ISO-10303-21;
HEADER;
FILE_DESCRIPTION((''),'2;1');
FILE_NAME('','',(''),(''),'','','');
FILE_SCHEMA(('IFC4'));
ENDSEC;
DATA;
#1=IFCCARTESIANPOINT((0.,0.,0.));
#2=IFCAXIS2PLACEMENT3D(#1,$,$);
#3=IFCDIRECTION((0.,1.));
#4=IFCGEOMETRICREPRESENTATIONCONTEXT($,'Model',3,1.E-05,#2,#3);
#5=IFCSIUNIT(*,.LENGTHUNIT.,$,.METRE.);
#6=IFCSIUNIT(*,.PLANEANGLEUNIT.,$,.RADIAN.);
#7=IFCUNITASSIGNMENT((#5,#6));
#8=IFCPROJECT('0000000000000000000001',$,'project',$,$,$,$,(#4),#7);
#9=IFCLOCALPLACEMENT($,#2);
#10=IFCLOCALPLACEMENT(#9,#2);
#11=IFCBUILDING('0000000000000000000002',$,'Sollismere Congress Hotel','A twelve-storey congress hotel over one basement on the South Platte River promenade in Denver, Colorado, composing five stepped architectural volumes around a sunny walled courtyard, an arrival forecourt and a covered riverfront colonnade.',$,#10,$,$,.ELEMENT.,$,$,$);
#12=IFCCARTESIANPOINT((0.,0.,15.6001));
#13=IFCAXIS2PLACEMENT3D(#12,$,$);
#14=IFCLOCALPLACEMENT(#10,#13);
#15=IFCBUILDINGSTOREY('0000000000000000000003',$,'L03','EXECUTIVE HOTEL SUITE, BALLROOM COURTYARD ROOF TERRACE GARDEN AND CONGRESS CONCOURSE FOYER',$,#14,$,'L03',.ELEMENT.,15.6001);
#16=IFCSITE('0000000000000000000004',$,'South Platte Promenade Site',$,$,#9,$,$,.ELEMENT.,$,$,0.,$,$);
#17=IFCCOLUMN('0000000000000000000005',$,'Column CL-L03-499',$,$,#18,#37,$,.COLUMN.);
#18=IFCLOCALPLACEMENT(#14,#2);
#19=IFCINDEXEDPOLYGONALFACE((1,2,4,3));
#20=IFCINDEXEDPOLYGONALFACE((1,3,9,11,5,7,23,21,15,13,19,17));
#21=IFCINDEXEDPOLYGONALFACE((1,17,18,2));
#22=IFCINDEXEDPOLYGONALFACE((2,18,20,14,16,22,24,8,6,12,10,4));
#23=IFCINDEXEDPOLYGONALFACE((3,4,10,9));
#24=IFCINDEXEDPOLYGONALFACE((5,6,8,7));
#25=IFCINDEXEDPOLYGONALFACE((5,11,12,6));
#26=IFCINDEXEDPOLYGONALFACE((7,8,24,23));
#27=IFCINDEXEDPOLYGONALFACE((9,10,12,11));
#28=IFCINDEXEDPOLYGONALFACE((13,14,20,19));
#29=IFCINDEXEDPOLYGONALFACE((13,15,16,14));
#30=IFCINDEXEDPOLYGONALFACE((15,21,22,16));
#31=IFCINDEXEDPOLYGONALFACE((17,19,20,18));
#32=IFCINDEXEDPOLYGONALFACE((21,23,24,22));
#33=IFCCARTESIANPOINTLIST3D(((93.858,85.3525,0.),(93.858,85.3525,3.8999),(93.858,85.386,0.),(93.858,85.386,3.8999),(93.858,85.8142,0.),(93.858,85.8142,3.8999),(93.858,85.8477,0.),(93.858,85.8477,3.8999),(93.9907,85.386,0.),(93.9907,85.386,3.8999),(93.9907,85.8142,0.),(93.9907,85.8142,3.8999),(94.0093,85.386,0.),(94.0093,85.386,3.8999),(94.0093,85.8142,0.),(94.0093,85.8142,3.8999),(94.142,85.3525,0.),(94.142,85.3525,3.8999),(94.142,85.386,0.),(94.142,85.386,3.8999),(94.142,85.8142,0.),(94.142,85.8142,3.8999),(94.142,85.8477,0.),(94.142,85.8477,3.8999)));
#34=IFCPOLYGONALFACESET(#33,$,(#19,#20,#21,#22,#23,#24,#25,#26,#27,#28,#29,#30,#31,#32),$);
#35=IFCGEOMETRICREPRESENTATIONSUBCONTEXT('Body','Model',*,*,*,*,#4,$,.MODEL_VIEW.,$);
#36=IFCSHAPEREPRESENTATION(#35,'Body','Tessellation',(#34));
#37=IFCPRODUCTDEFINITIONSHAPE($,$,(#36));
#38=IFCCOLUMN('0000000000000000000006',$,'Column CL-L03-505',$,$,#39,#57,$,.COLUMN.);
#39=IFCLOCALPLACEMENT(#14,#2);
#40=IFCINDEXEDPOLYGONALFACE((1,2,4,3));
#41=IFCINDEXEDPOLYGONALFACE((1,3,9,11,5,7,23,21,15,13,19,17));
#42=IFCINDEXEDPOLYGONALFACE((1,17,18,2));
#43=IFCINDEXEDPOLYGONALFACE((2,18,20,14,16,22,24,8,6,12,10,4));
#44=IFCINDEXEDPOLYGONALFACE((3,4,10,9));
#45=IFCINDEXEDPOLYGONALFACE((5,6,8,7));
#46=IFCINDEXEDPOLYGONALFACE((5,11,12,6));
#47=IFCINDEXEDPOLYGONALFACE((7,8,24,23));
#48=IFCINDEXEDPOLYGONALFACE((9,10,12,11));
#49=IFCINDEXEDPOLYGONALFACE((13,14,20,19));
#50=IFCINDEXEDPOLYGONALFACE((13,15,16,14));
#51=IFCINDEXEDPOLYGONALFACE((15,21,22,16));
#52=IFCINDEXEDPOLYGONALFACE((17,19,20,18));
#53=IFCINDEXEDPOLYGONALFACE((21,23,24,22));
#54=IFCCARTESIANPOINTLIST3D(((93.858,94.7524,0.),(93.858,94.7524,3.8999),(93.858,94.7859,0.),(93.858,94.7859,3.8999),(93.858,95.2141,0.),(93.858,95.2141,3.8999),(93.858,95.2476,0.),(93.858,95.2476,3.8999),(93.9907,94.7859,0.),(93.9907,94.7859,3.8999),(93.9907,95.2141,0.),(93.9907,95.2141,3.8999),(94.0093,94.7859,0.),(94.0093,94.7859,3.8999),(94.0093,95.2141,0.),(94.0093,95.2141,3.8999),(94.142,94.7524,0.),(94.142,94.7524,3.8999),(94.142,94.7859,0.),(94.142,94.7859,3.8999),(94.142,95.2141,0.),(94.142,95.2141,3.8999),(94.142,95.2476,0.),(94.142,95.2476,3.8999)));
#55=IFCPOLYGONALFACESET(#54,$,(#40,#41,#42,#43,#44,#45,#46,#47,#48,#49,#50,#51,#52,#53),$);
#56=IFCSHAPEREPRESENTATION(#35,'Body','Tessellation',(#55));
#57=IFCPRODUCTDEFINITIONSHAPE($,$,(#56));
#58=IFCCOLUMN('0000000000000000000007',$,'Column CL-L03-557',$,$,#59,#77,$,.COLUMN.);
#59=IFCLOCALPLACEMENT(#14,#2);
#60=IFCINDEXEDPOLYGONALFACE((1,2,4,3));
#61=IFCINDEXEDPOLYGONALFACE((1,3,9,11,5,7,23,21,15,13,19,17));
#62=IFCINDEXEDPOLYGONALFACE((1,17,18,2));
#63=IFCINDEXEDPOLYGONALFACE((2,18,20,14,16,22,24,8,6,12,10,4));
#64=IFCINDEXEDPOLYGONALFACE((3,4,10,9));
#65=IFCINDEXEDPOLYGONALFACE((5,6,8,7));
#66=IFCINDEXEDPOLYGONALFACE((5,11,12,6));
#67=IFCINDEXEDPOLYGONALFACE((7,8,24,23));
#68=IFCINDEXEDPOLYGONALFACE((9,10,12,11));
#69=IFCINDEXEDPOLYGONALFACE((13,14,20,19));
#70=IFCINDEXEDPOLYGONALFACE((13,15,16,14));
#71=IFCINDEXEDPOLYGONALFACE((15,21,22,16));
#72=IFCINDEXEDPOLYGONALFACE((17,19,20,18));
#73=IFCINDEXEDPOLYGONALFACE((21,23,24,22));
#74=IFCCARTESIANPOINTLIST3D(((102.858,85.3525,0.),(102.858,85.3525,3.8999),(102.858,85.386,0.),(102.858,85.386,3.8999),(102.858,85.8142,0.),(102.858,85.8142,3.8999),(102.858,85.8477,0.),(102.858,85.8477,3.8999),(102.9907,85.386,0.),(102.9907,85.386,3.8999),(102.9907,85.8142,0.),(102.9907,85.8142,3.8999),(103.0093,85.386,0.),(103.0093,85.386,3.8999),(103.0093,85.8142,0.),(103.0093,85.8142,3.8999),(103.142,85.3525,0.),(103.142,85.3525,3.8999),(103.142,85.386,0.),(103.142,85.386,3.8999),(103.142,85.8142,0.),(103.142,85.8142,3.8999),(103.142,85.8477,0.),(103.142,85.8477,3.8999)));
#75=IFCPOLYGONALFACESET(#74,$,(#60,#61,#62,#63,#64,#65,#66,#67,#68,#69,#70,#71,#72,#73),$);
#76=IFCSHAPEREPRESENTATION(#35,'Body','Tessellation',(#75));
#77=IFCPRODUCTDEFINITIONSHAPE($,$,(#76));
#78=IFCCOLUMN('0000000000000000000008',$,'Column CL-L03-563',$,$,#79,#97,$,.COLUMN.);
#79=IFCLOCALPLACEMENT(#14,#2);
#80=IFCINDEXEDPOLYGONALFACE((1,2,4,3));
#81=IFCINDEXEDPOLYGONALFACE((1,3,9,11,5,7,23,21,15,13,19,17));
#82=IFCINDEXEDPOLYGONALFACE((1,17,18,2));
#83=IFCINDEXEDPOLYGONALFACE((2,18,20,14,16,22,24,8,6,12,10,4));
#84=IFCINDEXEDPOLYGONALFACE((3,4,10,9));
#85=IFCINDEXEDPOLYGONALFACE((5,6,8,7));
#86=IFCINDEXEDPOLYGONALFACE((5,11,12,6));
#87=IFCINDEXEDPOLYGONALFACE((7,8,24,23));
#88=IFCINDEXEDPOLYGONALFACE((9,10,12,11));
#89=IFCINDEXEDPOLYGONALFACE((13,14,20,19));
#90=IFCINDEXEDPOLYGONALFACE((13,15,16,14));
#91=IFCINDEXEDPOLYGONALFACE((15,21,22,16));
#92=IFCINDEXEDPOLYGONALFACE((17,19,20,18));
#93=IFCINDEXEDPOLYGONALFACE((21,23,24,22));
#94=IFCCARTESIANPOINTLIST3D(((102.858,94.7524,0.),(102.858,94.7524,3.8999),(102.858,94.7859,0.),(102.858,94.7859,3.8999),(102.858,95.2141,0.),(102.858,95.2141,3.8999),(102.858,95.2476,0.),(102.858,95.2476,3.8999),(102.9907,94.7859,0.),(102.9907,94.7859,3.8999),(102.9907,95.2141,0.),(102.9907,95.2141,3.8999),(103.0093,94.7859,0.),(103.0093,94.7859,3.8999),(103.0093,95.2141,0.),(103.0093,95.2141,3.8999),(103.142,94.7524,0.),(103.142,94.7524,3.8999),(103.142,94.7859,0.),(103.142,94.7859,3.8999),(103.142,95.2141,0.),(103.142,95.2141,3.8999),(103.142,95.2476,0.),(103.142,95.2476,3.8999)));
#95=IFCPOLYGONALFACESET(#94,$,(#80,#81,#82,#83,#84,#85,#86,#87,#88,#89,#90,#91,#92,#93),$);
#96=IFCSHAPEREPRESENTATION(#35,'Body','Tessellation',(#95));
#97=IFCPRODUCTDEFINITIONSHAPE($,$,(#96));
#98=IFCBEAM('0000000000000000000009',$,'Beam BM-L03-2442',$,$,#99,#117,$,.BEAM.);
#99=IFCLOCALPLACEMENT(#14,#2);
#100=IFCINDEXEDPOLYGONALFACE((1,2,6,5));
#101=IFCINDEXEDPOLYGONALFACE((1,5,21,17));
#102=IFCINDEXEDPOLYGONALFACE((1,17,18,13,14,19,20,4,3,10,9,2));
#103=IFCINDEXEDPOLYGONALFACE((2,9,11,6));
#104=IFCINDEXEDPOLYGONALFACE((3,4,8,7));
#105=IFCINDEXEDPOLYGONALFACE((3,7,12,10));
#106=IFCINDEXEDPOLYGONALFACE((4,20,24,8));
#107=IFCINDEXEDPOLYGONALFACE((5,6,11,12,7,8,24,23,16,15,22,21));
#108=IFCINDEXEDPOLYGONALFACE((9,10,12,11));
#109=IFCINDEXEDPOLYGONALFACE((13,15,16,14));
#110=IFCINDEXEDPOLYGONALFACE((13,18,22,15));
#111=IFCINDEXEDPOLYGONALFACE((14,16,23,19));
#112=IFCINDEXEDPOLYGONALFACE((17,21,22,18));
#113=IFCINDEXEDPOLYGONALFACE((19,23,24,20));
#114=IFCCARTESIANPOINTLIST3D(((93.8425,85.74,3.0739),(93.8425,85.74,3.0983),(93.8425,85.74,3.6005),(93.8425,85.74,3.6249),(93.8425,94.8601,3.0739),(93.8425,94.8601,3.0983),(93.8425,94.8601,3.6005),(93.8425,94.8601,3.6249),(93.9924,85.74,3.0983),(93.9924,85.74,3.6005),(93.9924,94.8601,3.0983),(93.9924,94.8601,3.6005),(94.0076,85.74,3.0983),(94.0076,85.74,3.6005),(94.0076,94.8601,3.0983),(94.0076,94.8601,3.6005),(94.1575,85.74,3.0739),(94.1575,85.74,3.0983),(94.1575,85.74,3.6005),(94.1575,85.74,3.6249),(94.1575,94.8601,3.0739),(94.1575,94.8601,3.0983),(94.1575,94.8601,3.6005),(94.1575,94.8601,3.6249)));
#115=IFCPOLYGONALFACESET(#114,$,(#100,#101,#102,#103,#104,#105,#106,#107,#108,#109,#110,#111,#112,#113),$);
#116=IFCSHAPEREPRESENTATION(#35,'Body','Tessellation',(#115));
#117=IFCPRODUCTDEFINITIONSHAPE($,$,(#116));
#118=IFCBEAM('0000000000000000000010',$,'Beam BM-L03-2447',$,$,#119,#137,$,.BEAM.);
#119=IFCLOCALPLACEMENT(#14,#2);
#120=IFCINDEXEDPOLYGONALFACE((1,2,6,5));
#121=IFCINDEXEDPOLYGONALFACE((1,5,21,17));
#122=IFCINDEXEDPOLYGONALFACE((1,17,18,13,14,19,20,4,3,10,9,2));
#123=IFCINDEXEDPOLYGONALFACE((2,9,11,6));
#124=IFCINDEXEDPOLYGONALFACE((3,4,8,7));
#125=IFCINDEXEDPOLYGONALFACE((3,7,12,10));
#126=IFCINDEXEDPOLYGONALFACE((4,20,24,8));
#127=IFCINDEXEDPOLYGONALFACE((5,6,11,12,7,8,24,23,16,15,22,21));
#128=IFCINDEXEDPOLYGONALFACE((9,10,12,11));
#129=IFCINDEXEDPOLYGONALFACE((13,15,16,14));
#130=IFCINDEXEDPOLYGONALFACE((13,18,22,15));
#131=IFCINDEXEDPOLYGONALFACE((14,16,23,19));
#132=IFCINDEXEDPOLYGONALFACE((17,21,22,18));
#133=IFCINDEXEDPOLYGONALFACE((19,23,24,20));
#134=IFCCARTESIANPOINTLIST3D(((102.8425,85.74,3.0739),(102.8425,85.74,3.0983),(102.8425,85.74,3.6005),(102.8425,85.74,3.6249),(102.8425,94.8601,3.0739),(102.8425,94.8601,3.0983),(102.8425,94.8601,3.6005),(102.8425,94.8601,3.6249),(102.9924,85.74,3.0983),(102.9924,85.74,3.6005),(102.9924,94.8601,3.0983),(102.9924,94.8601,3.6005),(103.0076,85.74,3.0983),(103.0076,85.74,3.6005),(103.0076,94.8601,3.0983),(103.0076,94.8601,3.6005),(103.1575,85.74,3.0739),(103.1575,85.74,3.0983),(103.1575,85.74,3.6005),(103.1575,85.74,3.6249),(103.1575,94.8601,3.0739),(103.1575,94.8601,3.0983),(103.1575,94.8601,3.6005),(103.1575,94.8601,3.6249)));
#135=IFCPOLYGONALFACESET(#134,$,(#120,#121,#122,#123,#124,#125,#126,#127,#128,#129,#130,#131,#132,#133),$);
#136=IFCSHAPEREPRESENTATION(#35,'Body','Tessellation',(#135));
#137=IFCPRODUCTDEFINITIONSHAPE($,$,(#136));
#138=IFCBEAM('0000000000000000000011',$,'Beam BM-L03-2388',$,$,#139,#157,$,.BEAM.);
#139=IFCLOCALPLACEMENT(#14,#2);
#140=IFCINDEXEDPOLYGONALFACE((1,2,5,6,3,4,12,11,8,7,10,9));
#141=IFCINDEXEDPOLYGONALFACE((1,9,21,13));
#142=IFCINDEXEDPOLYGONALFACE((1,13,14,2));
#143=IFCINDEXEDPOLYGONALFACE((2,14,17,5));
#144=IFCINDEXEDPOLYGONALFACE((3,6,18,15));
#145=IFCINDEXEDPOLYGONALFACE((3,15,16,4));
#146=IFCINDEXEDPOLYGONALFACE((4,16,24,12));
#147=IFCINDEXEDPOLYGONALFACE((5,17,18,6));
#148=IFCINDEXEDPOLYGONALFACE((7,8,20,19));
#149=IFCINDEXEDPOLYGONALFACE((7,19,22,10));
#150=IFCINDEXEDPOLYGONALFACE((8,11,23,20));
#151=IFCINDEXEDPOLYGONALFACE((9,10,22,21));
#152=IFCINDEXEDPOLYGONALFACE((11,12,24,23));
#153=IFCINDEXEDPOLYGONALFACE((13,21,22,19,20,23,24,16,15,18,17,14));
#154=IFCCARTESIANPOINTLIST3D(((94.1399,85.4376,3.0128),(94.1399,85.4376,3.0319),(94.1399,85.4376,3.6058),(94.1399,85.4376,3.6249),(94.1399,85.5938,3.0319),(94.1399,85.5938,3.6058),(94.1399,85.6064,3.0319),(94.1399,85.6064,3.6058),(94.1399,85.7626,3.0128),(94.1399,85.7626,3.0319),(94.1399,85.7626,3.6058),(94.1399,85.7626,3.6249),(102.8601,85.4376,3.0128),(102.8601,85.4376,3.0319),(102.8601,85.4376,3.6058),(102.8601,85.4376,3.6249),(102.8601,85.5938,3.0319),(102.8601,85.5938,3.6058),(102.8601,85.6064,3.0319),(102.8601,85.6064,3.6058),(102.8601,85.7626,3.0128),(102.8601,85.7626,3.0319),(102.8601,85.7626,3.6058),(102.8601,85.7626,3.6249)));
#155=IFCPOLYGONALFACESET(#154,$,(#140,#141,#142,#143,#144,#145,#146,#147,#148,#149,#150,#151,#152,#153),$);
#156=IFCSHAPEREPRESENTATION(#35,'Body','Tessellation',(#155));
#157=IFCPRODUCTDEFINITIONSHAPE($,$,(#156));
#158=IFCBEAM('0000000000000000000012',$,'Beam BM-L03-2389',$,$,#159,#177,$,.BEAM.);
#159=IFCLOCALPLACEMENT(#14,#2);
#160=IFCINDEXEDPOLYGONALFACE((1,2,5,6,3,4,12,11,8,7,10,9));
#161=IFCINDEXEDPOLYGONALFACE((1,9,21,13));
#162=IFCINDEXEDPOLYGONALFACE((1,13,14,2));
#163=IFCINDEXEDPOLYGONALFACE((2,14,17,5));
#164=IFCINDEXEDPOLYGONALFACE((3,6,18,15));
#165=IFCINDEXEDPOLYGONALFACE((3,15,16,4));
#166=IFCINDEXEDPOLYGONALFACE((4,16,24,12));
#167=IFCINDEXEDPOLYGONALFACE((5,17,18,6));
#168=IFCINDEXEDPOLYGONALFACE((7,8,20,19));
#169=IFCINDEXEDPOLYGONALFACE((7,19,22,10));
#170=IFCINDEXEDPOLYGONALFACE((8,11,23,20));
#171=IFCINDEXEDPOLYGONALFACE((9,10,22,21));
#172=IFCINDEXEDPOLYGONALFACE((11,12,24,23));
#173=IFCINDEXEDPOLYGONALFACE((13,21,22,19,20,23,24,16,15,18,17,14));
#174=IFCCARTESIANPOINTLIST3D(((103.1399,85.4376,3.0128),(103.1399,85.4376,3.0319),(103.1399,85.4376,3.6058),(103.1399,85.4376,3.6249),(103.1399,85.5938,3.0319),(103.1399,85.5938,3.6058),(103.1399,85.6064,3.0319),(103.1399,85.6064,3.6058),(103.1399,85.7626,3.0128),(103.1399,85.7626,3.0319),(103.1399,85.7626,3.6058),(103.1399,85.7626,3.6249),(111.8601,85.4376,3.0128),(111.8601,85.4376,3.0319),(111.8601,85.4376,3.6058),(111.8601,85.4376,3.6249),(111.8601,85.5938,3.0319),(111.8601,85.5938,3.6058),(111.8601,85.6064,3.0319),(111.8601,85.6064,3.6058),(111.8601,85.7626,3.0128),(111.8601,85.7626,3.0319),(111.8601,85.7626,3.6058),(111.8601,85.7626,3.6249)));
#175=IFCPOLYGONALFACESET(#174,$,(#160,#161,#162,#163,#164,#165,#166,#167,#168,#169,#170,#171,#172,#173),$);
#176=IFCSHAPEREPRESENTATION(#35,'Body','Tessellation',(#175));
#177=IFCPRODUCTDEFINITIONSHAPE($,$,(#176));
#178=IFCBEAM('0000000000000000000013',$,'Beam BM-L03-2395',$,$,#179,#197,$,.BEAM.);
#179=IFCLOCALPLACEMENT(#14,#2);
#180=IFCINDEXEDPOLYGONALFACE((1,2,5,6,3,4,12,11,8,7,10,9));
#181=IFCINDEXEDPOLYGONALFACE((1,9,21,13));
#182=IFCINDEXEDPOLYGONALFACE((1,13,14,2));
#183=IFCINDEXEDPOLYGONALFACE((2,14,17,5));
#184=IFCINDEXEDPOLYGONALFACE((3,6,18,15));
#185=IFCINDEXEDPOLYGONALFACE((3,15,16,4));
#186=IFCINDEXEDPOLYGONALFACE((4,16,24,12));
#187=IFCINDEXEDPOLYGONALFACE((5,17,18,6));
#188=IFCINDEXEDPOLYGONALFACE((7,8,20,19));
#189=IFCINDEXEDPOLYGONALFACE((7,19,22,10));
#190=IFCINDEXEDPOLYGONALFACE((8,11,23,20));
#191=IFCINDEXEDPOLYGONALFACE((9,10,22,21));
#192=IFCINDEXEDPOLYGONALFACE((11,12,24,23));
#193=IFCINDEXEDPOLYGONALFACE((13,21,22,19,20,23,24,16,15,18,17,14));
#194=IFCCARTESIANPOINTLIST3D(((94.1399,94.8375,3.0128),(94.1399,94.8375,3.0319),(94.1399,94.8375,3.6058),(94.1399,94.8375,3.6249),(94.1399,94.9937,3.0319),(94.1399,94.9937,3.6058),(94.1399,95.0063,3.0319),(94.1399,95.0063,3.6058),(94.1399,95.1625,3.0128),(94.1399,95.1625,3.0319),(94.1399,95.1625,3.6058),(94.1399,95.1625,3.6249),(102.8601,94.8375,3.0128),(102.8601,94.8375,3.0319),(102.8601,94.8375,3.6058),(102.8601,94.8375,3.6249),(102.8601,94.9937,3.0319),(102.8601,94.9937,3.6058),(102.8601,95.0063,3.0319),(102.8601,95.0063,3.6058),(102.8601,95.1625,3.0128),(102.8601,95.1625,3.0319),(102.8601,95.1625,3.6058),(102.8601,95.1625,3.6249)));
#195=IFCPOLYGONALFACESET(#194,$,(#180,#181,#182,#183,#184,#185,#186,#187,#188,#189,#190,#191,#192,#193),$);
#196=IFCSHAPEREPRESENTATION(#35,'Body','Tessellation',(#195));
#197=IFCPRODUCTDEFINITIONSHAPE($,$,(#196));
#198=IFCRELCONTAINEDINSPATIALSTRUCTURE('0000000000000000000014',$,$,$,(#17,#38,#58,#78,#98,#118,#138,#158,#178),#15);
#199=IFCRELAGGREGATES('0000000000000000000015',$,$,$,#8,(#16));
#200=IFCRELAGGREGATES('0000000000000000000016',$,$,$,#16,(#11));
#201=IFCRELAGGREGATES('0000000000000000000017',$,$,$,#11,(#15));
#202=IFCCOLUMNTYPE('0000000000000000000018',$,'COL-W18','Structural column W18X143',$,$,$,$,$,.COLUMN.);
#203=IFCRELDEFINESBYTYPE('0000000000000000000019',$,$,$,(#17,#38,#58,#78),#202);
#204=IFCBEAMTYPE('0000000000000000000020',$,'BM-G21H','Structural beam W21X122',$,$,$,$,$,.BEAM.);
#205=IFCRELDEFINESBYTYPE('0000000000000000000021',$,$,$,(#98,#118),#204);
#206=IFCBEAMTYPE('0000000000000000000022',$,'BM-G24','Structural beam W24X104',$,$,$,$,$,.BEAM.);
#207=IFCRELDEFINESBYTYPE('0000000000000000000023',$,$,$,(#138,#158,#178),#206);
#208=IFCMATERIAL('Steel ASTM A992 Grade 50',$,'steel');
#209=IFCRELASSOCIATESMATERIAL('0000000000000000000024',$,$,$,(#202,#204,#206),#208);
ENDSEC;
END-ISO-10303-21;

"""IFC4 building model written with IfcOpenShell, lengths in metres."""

from ifc_helpers import new_model, si_unit, direction, frame, origin, origin_2d, place, context, subcontext, project, spatial, i_section, extrude, material, material_profile, profile_set, type_object, element, save


model = new_model("IFC4")

# Units and contexts
model_context = context("Model", 3, precision=1e-05, world=origin(), true_north=direction((0.0, 1.0)))
body_context = subcontext(model_context, "Body", "Model", "MODEL_VIEW")
ifc_project = project(units=[si_unit("LENGTHUNIT", "METRE"), si_unit("PLANEANGLEUNIT", "RADIAN")], contexts=[model_context])

# Site, building, storey
site_placement = place(None, origin())
site = spatial("IfcSite", under=ifc_project, at=site_placement, Name="South Platte Promenade Site", CompositionType="ELEMENT", RefElevation=0.0)
building_placement = place(site_placement, origin())
building = spatial("IfcBuilding", under=site, at=building_placement, Name="Sollismere Congress Hotel", Description="A twelve-storey congress hotel over one basement on the South Platte River promenade in Denver, Colorado, composing five stepped architectural volumes around a sunny walled courtyard, an arrival forecourt and a covered riverfront colonnade.", CompositionType="ELEMENT")
storey_placement = place(building_placement, frame((0.0, 0.0, 15.6001)))
storey = spatial("IfcBuildingStorey", under=building, at=storey_placement, Name="L03", Description="EXECUTIVE HOTEL SUITE, BALLROOM COURTYARD ROOF TERRACE GARDEN AND CONGRESS CONCOURSE FOYER", LongName="L03", CompositionType="ELEMENT", Elevation=15.6001)

# Columns
ifc_material = material(Name="Steel ASTM A992 Grade 50", Category="steel")
ifc_material_profile_1 = material_profile(ifc_material, i_section(OverallWidth=0.2839, OverallDepth=0.4951, WebThickness=0.0186, FlangeThickness=0.0334, at=origin_2d()), Name="W18X143")
ifc_profile_set_1 = profile_set([ifc_material_profile_1], Name="Steel ASTM A992 Grade 50")
column_type = type_object("IfcColumnType", Name="COL-W18", Description="Structural column W18X143", PredefinedType="COLUMN", material=ifc_profile_set_1)
for number, where, z_axis, x_axis, name in (
    (1, (94.0, 85.6001, 0.0), (0.0, 0.0, 1.0), (1.0, 0.0, 0.0), "Column CL-L03-499"),
    (2, (94.0, 95.0, 0.0), (0.0, 0.0, 1.0), (1.0, 0.0, 0.0), "Column CL-L03-505"),
    (3, (103.0, 85.6001, 0.0), (0.0, 0.0, 1.0), (1.0, 0.0, 0.0), "Column CL-L03-557"),
    (4, (103.0, 95.0, 0.0), (0.0, 0.0, 1.0), (1.0, 0.0, 0.0), "Column CL-L03-563"),
):
    element("IfcColumn", number, at=place(storey_placement, frame(where, z_axis=z_axis, x_axis=x_axis)), inside=storey, type_object=column_type, Name=name, PredefinedType="COLUMN", context=body_context, shape_type="SweptSolid", body=[
        extrude(i_section(OverallWidth=0.2839, OverallDepth=0.4951, WebThickness=0.0186, FlangeThickness=0.0334, at=origin_2d()), origin(), (0.0, 0.0, 1.0), 3.8999),
    ])

# Beams
ifc_material_profile_2 = material_profile(ifc_material, i_section(OverallWidth=0.3149, OverallDepth=0.551, WebThickness=0.0151, FlangeThickness=0.0244, at=origin_2d()), Name="W21X122")
ifc_profile_set_2 = profile_set([ifc_material_profile_2], Name="Steel ASTM A992 Grade 50")
beam_type_1 = type_object("IfcBeamType", Name="BM-G21H", Description="Structural beam W21X122", PredefinedType="BEAM", material=ifc_profile_set_2)
for number, where, z_axis, x_axis, name in (
    (5, (94.0, 85.74, 3.3494), (0.0, 1.0, 0.0), (-1.0, 0.0, 0.0), "Beam BM-L03-2442"),
    (6, (103.0, 85.74, 3.3494), (0.0, 1.0, 0.0), (-1.0, 0.0, 0.0), "Beam BM-L03-2447"),
):
    element("IfcBeam", number, at=place(storey_placement, frame(where, z_axis=z_axis, x_axis=x_axis)), inside=storey, type_object=beam_type_1, Name=name, PredefinedType="BEAM", context=body_context, shape_type="SweptSolid", body=[
        extrude(i_section(OverallWidth=0.3149, OverallDepth=0.551, WebThickness=0.0151, FlangeThickness=0.0244, at=origin_2d()), origin(), (0.0, 0.0, 1.0), 9.1201),
    ])
ifc_material_profile_3 = material_profile(ifc_material, i_section(OverallWidth=0.325, OverallDepth=0.6121, WebThickness=0.0127, FlangeThickness=0.019, at=origin_2d()), Name="W24X104")
ifc_profile_set_3 = profile_set([ifc_material_profile_3], Name="Steel ASTM A992 Grade 50")
beam_type_2 = type_object("IfcBeamType", Name="BM-G24", Description="Structural beam W24X104", PredefinedType="BEAM", material=ifc_profile_set_3)
for number, where, z_axis, x_axis, name in (
    (7, (94.1399, 85.6001, 3.3188), (1.0, 0.0, 0.0), (0.0, 1.0, 0.0), "Beam BM-L03-2388"),
    (8, (103.1399, 85.6001, 3.3188), (1.0, 0.0, 0.0), (0.0, 1.0, 0.0), "Beam BM-L03-2389"),
    (9, (94.1399, 95.0, 3.3188), (1.0, 0.0, 0.0), (0.0, 1.0, 0.0), "Beam BM-L03-2395"),
):
    element("IfcBeam", number, at=place(storey_placement, frame(where, z_axis=z_axis, x_axis=x_axis)), inside=storey, type_object=beam_type_2, Name=name, PredefinedType="BEAM", context=body_context, shape_type="SweptSolid", body=[
        extrude(i_section(OverallWidth=0.325, OverallDepth=0.6121, WebThickness=0.0127, FlangeThickness=0.019, at=origin_2d()), origin(), (0.0, 0.0, 1.0), 8.7202),
    ])

save(model, "model.ifc")
